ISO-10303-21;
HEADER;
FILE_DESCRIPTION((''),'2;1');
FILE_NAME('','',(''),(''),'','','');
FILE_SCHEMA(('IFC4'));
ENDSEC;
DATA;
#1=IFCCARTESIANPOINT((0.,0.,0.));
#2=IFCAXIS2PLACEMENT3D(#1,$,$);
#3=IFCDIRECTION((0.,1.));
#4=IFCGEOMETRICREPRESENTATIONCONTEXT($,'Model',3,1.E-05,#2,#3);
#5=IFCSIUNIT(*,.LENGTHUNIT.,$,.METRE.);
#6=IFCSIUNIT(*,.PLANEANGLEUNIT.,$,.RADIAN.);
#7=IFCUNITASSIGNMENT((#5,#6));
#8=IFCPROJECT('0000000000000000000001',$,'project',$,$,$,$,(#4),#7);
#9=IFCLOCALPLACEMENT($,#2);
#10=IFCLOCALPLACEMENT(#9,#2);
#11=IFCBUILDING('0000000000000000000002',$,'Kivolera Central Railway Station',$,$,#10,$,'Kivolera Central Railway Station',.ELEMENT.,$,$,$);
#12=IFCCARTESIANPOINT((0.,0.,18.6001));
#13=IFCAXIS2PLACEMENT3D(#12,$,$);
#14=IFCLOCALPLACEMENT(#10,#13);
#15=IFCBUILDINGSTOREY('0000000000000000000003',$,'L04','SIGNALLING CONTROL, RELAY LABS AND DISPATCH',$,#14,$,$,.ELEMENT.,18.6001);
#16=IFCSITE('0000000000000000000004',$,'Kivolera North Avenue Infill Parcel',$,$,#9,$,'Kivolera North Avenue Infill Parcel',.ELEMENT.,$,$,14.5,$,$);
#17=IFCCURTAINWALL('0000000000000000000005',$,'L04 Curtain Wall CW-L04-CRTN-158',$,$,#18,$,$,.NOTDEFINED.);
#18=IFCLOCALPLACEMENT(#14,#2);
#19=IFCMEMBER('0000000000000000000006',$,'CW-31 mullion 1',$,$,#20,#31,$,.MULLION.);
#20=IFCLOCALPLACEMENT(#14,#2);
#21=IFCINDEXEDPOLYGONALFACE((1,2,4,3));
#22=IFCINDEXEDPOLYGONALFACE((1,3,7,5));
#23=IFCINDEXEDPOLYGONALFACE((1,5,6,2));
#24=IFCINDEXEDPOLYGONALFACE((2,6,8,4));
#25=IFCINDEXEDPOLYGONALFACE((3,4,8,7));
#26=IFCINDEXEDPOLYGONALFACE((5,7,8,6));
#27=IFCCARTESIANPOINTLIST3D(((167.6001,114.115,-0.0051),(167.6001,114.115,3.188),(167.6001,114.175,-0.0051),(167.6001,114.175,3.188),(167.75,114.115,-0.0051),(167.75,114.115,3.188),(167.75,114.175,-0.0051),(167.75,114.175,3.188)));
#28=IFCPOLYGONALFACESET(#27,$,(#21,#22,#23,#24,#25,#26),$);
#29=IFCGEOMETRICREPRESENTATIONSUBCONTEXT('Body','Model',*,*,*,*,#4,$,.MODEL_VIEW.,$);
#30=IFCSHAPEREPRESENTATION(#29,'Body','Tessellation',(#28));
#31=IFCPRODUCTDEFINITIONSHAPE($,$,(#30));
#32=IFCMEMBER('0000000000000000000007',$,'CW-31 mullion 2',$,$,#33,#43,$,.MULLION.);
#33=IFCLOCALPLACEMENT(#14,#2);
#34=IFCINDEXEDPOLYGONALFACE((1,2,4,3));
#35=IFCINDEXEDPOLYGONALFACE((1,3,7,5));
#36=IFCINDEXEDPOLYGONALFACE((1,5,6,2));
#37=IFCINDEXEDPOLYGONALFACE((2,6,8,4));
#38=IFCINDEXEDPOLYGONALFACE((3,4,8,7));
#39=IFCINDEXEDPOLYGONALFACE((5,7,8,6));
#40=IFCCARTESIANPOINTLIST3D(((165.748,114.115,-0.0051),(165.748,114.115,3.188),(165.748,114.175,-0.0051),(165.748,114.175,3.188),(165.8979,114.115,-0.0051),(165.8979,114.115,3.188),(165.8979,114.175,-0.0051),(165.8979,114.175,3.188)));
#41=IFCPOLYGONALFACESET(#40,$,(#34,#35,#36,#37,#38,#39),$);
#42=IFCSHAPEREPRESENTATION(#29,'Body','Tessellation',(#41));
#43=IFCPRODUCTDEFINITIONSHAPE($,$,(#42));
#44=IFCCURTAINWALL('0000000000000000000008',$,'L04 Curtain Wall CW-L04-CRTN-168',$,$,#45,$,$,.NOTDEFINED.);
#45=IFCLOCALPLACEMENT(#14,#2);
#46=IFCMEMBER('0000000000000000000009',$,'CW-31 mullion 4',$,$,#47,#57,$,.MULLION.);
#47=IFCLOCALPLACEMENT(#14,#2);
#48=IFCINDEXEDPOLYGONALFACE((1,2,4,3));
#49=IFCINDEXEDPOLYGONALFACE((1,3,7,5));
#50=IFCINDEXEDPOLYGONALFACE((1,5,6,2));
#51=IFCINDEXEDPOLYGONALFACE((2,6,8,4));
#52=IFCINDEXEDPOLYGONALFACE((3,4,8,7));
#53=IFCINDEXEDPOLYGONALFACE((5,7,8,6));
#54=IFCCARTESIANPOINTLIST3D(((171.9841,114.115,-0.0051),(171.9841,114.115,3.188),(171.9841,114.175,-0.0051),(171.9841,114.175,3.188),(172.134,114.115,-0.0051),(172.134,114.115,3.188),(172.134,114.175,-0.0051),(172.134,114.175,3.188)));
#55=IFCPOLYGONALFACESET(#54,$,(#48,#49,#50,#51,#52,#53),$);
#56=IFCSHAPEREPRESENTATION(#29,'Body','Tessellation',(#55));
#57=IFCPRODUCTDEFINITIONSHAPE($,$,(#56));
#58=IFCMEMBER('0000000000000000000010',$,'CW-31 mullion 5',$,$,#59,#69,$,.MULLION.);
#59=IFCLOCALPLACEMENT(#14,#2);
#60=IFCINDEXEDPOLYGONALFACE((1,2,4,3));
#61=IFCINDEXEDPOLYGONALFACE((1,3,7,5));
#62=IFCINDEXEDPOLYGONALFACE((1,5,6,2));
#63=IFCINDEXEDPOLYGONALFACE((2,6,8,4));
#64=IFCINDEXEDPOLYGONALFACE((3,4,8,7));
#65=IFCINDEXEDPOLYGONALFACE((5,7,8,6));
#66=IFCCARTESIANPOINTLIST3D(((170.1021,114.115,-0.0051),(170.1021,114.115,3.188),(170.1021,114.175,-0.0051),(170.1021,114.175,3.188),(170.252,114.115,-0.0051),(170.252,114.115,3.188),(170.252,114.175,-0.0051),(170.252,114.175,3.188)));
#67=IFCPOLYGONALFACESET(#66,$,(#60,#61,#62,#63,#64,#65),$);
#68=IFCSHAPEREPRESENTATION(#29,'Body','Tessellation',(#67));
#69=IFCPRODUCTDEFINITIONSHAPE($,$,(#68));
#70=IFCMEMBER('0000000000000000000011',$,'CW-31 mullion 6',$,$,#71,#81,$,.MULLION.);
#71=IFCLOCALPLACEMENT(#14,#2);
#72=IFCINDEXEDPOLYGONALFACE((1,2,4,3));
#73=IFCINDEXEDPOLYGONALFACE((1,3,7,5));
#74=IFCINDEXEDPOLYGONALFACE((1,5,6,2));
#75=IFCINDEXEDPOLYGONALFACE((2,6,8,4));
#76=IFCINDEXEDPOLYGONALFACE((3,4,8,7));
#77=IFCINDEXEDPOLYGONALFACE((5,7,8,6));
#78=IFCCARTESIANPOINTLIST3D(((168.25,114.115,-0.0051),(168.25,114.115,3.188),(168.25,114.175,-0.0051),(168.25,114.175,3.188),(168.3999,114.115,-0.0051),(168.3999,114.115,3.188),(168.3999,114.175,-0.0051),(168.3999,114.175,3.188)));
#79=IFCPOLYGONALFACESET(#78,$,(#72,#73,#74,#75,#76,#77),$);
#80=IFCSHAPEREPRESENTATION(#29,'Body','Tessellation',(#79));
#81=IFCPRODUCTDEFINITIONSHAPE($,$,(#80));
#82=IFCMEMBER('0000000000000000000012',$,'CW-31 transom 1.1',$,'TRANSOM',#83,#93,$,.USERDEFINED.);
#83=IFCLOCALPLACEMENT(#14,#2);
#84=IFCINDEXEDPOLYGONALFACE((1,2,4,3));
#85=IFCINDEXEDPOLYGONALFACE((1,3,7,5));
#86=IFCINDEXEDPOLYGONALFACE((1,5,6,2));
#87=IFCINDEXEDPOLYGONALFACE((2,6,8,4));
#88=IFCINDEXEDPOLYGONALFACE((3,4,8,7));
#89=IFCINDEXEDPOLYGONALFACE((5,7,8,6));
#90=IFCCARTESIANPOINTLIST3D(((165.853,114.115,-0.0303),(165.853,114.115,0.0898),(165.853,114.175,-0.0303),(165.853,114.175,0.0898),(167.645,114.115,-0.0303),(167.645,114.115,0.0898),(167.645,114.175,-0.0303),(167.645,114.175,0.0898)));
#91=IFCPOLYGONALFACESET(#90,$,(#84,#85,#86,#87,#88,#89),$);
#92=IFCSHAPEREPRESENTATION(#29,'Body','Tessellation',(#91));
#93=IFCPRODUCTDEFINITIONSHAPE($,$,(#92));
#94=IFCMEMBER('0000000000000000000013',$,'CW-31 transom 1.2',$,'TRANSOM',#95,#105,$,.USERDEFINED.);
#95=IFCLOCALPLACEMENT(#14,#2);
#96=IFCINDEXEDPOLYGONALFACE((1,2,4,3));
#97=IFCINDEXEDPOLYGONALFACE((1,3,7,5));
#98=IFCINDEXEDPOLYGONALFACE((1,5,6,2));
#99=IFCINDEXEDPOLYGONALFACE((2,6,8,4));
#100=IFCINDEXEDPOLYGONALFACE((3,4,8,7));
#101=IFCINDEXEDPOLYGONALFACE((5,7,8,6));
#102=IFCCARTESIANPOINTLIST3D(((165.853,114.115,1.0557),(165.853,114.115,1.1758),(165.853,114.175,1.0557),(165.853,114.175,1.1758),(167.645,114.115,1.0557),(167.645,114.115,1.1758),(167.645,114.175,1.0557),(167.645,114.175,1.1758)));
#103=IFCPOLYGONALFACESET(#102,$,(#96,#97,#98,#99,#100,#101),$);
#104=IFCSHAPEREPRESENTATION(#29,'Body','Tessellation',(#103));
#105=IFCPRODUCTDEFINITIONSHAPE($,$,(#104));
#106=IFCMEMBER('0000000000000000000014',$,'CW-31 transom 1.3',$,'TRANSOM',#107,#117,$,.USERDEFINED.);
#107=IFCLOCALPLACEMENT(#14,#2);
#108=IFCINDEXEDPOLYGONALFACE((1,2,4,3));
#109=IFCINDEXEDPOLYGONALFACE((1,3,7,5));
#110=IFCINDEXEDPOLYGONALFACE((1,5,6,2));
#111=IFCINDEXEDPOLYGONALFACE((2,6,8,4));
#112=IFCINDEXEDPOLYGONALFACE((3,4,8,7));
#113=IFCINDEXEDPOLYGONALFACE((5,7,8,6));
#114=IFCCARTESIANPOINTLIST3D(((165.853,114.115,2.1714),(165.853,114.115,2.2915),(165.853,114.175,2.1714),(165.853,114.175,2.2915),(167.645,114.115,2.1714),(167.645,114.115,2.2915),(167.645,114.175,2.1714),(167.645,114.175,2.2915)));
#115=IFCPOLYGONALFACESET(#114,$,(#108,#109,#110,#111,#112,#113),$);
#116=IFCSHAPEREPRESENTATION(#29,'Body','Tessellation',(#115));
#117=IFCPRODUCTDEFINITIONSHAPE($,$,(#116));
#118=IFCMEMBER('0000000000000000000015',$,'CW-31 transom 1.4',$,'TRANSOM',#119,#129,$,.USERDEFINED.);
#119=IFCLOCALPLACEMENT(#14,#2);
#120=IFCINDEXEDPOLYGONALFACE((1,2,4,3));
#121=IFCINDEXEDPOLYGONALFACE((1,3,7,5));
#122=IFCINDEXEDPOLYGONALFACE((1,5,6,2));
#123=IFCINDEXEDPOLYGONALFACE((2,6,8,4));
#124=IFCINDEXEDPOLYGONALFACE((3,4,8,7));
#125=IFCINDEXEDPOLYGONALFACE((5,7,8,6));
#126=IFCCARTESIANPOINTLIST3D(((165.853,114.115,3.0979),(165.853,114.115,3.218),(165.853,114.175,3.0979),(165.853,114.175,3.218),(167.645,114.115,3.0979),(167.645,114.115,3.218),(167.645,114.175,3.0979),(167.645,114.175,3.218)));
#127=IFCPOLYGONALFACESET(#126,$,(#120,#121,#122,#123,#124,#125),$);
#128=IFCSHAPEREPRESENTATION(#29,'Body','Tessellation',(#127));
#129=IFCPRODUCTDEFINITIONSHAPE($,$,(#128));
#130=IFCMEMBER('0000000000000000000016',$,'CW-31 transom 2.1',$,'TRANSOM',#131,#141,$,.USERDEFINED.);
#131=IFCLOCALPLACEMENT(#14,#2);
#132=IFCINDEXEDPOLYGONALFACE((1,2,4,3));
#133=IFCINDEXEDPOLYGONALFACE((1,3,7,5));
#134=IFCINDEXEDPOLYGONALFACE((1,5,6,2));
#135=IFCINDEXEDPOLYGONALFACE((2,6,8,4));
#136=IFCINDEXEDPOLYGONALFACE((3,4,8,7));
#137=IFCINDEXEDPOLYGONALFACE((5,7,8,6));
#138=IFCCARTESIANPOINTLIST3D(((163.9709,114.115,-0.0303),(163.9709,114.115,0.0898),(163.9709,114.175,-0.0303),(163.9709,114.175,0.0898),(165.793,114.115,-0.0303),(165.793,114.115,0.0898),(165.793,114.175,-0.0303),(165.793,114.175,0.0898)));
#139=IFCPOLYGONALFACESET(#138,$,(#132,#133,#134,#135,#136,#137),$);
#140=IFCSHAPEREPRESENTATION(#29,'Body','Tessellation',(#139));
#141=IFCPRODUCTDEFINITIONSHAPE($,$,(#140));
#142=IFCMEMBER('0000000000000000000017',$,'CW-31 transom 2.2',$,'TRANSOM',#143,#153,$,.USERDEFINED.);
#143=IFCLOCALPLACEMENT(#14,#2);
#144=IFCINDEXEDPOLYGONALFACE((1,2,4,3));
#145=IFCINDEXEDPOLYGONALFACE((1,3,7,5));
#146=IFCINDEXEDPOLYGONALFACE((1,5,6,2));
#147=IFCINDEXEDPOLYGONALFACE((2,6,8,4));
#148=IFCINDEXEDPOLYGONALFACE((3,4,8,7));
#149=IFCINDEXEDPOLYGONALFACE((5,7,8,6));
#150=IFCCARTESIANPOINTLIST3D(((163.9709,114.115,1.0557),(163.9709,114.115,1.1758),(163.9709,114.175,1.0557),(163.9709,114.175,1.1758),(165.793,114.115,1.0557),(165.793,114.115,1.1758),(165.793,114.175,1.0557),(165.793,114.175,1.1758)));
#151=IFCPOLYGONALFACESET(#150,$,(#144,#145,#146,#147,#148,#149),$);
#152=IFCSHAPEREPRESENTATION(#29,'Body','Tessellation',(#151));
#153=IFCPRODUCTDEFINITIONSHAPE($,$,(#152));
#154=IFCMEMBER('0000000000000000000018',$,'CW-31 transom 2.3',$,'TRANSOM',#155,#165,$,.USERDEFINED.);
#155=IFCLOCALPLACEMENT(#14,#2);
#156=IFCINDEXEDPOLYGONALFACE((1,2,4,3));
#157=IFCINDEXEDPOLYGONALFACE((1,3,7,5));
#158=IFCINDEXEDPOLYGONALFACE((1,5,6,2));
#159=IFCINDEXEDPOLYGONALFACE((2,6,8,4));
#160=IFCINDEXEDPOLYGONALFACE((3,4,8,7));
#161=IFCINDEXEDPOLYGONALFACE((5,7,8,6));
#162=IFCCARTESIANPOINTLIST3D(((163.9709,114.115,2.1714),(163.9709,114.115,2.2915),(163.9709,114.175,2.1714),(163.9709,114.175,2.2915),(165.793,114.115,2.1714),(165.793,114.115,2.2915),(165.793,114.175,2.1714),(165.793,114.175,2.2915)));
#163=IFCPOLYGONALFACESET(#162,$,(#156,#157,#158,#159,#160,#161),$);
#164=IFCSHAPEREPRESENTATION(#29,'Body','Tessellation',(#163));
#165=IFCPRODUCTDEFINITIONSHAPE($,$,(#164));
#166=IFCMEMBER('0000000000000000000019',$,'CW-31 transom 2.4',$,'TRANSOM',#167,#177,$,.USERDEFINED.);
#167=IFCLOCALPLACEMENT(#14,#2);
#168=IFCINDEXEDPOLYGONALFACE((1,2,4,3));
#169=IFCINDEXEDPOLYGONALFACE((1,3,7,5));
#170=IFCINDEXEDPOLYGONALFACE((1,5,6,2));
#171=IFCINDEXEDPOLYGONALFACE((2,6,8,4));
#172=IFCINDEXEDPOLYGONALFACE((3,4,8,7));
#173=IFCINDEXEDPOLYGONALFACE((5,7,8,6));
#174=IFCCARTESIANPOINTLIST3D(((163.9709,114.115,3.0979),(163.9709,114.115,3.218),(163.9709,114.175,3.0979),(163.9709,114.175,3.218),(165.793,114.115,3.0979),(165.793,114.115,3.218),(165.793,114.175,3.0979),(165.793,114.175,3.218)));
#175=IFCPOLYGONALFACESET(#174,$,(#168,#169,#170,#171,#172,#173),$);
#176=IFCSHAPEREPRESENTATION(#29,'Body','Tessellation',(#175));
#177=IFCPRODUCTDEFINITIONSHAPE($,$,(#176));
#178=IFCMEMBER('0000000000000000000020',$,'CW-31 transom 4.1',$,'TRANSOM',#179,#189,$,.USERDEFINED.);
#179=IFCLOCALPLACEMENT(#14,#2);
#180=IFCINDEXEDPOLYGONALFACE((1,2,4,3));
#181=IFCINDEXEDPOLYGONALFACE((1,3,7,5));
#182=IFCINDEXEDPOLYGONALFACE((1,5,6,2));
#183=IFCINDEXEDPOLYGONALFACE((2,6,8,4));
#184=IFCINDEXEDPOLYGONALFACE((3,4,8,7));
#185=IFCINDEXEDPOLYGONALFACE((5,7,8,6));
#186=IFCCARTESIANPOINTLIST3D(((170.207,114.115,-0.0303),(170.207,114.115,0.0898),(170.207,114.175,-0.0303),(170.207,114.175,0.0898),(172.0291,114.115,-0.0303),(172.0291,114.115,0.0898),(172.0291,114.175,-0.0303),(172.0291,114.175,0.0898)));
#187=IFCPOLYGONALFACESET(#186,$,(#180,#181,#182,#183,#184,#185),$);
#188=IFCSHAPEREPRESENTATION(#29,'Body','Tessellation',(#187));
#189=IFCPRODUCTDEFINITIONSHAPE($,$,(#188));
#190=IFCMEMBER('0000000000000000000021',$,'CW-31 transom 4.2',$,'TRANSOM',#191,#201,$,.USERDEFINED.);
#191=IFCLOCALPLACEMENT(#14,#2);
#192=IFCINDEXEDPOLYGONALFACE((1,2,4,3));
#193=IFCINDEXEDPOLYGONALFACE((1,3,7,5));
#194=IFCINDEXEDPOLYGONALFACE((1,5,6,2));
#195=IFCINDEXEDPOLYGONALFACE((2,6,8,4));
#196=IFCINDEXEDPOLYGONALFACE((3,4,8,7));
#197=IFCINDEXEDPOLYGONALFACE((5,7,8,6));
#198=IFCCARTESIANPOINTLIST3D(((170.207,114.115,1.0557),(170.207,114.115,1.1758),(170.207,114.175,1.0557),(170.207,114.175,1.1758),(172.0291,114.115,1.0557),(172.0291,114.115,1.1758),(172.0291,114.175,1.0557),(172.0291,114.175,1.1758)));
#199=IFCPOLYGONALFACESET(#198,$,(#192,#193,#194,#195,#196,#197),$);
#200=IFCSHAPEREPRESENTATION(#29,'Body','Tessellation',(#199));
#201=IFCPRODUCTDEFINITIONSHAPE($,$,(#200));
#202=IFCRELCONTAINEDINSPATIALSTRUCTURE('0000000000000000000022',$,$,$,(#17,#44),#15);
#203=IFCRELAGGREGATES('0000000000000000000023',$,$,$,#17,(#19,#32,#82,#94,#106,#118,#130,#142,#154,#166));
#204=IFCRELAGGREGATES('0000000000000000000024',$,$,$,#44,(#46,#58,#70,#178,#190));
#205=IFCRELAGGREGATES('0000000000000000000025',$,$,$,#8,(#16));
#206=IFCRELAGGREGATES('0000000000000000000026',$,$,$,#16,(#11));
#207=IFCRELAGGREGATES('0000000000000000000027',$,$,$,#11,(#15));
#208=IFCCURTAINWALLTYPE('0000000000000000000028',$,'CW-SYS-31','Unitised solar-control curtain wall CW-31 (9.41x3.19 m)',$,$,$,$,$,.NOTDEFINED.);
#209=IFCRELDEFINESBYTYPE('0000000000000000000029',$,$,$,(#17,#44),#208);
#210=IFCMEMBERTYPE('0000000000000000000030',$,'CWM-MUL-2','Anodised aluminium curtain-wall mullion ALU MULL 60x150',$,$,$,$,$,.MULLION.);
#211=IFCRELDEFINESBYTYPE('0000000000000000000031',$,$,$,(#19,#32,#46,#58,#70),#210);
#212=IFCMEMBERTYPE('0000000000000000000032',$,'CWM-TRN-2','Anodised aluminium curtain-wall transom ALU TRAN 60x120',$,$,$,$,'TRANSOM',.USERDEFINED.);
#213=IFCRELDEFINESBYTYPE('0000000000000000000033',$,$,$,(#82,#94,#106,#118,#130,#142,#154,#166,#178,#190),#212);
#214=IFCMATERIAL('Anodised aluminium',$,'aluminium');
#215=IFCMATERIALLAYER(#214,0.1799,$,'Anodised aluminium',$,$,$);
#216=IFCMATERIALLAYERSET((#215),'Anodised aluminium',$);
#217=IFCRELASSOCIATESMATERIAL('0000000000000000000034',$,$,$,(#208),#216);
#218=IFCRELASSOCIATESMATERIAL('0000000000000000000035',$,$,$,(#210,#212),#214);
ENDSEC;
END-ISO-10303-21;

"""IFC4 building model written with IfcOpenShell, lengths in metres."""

from ifc_helpers import new_model, si_unit, direction, frame, origin, origin_2d, place, context, subcontext, project, spatial, rectangle, extrude, material, layer, layer_set, material_profile, profile_set, type_object, element, aggregate, save


model = new_model("IFC4")

# Units and contexts
model_context = context("Model", 3, precision=1e-05, world=origin(), true_north=direction((0.0, 1.0)))
body_context = subcontext(model_context, "Body", "Model", "MODEL_VIEW")
ifc_project = project(units=[si_unit("LENGTHUNIT", "METRE"), si_unit("PLANEANGLEUNIT", "RADIAN")], contexts=[model_context])

# Site, building, storey
site_placement = place(None, origin())
site = spatial("IfcSite", under=ifc_project, at=site_placement, Name="Kivolera North Avenue Infill Parcel", LongName="Kivolera North Avenue Infill Parcel", CompositionType="ELEMENT", RefElevation=14.5)
building_placement = place(site_placement, origin())
building = spatial("IfcBuilding", under=site, at=building_placement, Name="Kivolera Central Railway Station", LongName="Kivolera Central Railway Station", CompositionType="ELEMENT")
storey_placement = place(building_placement, frame((0.0, 0.0, 18.6001)))
storey = spatial("IfcBuildingStorey", under=building, at=storey_placement, Name="L04", Description="SIGNALLING CONTROL, RELAY LABS AND DISPATCH", CompositionType="ELEMENT", Elevation=18.6001)

# Curtain walls, members
ifc_material_1 = material(Name="Anodised aluminium", Category="aluminium")
ifc_layer_1 = layer(ifc_material_1, 0.1799, Name="Anodised aluminium")
ifc_layer_set_1 = layer_set([ifc_layer_1], Name="Anodised aluminium")
curtain_wall_type = type_object("IfcCurtainWallType", Name="CW-SYS-31", Description="Unitised solar-control curtain wall CW-31 (9.41x3.19 m)", PredefinedType="NOTDEFINED", material=ifc_layer_set_1)
curtain_wall_1_placement = place(storey_placement, origin())
curtain_wall_1 = element("IfcCurtainWall", 1, at=curtain_wall_1_placement, inside=storey, type_object=curtain_wall_type, Name="L04 Curtain Wall CW-L04-CRTN-158", PredefinedType="NOTDEFINED")
ifc_material_profile_1 = material_profile(ifc_material_1, rectangle(XDim=0.0601, YDim=0.1499, at=origin_2d()), Name="ALU MULL 60x150")
ifc_profile_set_1 = profile_set([ifc_material_profile_1], Name="Anodised aluminium")
member_type_1 = type_object("IfcMemberType", Name="CWM-MUL-2", Description="Anodised aluminium curtain-wall mullion ALU MULL 60x150", PredefinedType="MULLION", material=ifc_profile_set_1)
member_1_placement = place(storey_placement, frame((167.675, 114.145, -0.0051), z_axis=(0.0, 0.0, 1.0), x_axis=(0.0, -1.0, 0.0)))
member_1 = element("IfcMember", 2, at=member_1_placement, type_object=member_type_1, Name="CW-31 mullion 1", PredefinedType="MULLION", context=body_context, shape_type="SweptSolid", body=[
    extrude(rectangle(XDim=0.0601, YDim=0.1499, at=origin_2d()), origin(), (0.0, 0.0, 1.0), 3.1931),
])
member_2_placement = place(storey_placement, frame((165.823, 114.145, -0.0051), z_axis=(0.0, 0.0, 1.0), x_axis=(0.0, -1.0, 0.0)))
member_2 = element("IfcMember", 3, at=member_2_placement, type_object=member_type_1, Name="CW-31 mullion 2", PredefinedType="MULLION", context=body_context, shape_type="SweptSolid", body=[
    extrude(rectangle(XDim=0.0601, YDim=0.1499, at=origin_2d()), origin(), (0.0, 0.0, 1.0), 3.1931),
])
curtain_wall_2_placement = place(storey_placement, origin())
curtain_wall_2 = element("IfcCurtainWall", 4, at=curtain_wall_2_placement, inside=storey, type_object=curtain_wall_type, Name="L04 Curtain Wall CW-L04-CRTN-168", PredefinedType="NOTDEFINED")
member_3_placement = place(storey_placement, frame((172.0591, 114.145, -0.0051), z_axis=(0.0, 0.0, 1.0), x_axis=(0.0, -1.0, 0.0)))
member_3 = element("IfcMember", 5, at=member_3_placement, type_object=member_type_1, Name="CW-31 mullion 4", PredefinedType="MULLION", context=body_context, shape_type="SweptSolid", body=[
    extrude(rectangle(XDim=0.0601, YDim=0.1499, at=origin_2d()), origin(), (0.0, 0.0, 1.0), 3.1931),
])
member_4_placement = place(storey_placement, frame((170.177, 114.145, -0.0051), z_axis=(0.0, 0.0, 1.0), x_axis=(0.0, -1.0, 0.0)))
member_4 = element("IfcMember", 6, at=member_4_placement, type_object=member_type_1, Name="CW-31 mullion 5", PredefinedType="MULLION", context=body_context, shape_type="SweptSolid", body=[
    extrude(rectangle(XDim=0.0601, YDim=0.1499, at=origin_2d()), origin(), (0.0, 0.0, 1.0), 3.1931),
])
member_5_placement = place(storey_placement, frame((168.325, 114.145, -0.0051), z_axis=(0.0, 0.0, 1.0), x_axis=(0.0, -1.0, 0.0)))
member_5 = element("IfcMember", 7, at=member_5_placement, type_object=member_type_1, Name="CW-31 mullion 6", PredefinedType="MULLION", context=body_context, shape_type="SweptSolid", body=[
    extrude(rectangle(XDim=0.0601, YDim=0.1499, at=origin_2d()), origin(), (0.0, 0.0, 1.0), 3.1931),
])

# Members
ifc_material_profile_2 = material_profile(ifc_material_1, rectangle(XDim=0.0601, YDim=0.1201, at=origin_2d()), Name="ALU TRAN 60x120")
ifc_profile_set_2 = profile_set([ifc_material_profile_2], Name="Anodised aluminium")
member_type_2 = type_object("IfcMemberType", Name="CWM-TRN-2", Description="Anodised aluminium curtain-wall transom ALU TRAN 60x120", ElementType="TRANSOM", PredefinedType="USERDEFINED", material=ifc_profile_set_2)
member_6_placement = place(storey_placement, frame((167.645, 114.145, 0.0298), z_axis=(-1.0, 0.0, 0.0), x_axis=(0.0, -1.0, 0.0)))
member_6 = element("IfcMember", 8, at=member_6_placement, type_object=member_type_2, Name="CW-31 transom 1.1", ObjectType="TRANSOM", PredefinedType="USERDEFINED", context=body_context, shape_type="SweptSolid", body=[
    extrude(rectangle(XDim=0.0601, YDim=0.1201, at=origin_2d()), origin(), (0.0, 0.0, 1.0), 1.792),
])
member_7_placement = place(storey_placement, frame((167.645, 114.145, 1.1157), z_axis=(-1.0, 0.0, 0.0), x_axis=(0.0, -1.0, 0.0)))
member_7 = element("IfcMember", 9, at=member_7_placement, type_object=member_type_2, Name="CW-31 transom 1.2", ObjectType="TRANSOM", PredefinedType="USERDEFINED", context=body_context, shape_type="SweptSolid", body=[
    extrude(rectangle(XDim=0.0601, YDim=0.1201, at=origin_2d()), origin(), (0.0, 0.0, 1.0), 1.792),
])
member_8_placement = place(storey_placement, frame((167.645, 114.145, 2.2314), z_axis=(-1.0, 0.0, 0.0), x_axis=(0.0, -1.0, 0.0)))
member_8 = element("IfcMember", 10, at=member_8_placement, type_object=member_type_2, Name="CW-31 transom 1.3", ObjectType="TRANSOM", PredefinedType="USERDEFINED", context=body_context, shape_type="SweptSolid", body=[
    extrude(rectangle(XDim=0.0601, YDim=0.1201, at=origin_2d()), origin(), (0.0, 0.0, 1.0), 1.792),
])
member_9_placement = place(storey_placement, frame((167.645, 114.145, 3.158), z_axis=(-1.0, 0.0, 0.0), x_axis=(0.0, -1.0, 0.0)))
member_9 = element("IfcMember", 11, at=member_9_placement, type_object=member_type_2, Name="CW-31 transom 1.4", ObjectType="TRANSOM", PredefinedType="USERDEFINED", context=body_context, shape_type="SweptSolid", body=[
    extrude(rectangle(XDim=0.0601, YDim=0.1201, at=origin_2d()), origin(), (0.0, 0.0, 1.0), 1.792),
])
member_10_placement = place(storey_placement, frame((165.793, 114.145, 0.0298), z_axis=(-1.0, 0.0, 0.0), x_axis=(0.0, -1.0, 0.0)))
member_10 = element("IfcMember", 12, at=member_10_placement, type_object=member_type_2, Name="CW-31 transom 2.1", ObjectType="TRANSOM", PredefinedType="USERDEFINED", context=body_context, shape_type="SweptSolid", body=[
    extrude(rectangle(XDim=0.0601, YDim=0.1201, at=origin_2d()), origin(), (0.0, 0.0, 1.0), 1.822),
])
member_11_placement = place(storey_placement, frame((165.793, 114.145, 1.1157), z_axis=(-1.0, 0.0, 0.0), x_axis=(0.0, -1.0, 0.0)))
member_11 = element("IfcMember", 13, at=member_11_placement, type_object=member_type_2, Name="CW-31 transom 2.2", ObjectType="TRANSOM", PredefinedType="USERDEFINED", context=body_context, shape_type="SweptSolid", body=[
    extrude(rectangle(XDim=0.0601, YDim=0.1201, at=origin_2d()), origin(), (0.0, 0.0, 1.0), 1.822),
])
member_12_placement = place(storey_placement, frame((165.793, 114.145, 2.2314), z_axis=(-1.0, 0.0, 0.0), x_axis=(0.0, -1.0, 0.0)))
member_12 = element("IfcMember", 14, at=member_12_placement, type_object=member_type_2, Name="CW-31 transom 2.3", ObjectType="TRANSOM", PredefinedType="USERDEFINED", context=body_context, shape_type="SweptSolid", body=[
    extrude(rectangle(XDim=0.0601, YDim=0.1201, at=origin_2d()), origin(), (0.0, 0.0, 1.0), 1.822),
])
member_13_placement = place(storey_placement, frame((165.793, 114.145, 3.158), z_axis=(-1.0, 0.0, 0.0), x_axis=(0.0, -1.0, 0.0)))
member_13 = element("IfcMember", 15, at=member_13_placement, type_object=member_type_2, Name="CW-31 transom 2.4", ObjectType="TRANSOM", PredefinedType="USERDEFINED", context=body_context, shape_type="SweptSolid", body=[
    extrude(rectangle(XDim=0.0601, YDim=0.1201, at=origin_2d()), origin(), (0.0, 0.0, 1.0), 1.822),
])
member_14_placement = place(storey_placement, frame((172.0291, 114.145, 0.0298), z_axis=(-1.0, 0.0, 0.0), x_axis=(0.0, -1.0, 0.0)))
member_14 = element("IfcMember", 16, at=member_14_placement, type_object=member_type_2, Name="CW-31 transom 4.1", ObjectType="TRANSOM", PredefinedType="USERDEFINED", context=body_context, shape_type="SweptSolid", body=[
    extrude(rectangle(XDim=0.0601, YDim=0.1201, at=origin_2d()), origin(), (0.0, 0.0, 1.0), 1.822),
])
member_15_placement = place(storey_placement, frame((172.0291, 114.145, 1.1157), z_axis=(-1.0, 0.0, 0.0), x_axis=(0.0, -1.0, 0.0)))
member_15 = element("IfcMember", 17, at=member_15_placement, type_object=member_type_2, Name="CW-31 transom 4.2", ObjectType="TRANSOM", PredefinedType="USERDEFINED", context=body_context, shape_type="SweptSolid", body=[
    extrude(rectangle(XDim=0.0601, YDim=0.1201, at=origin_2d()), origin(), (0.0, 0.0, 1.0), 1.822),
])

aggregate(curtain_wall_1, [member_1, member_2, member_6, member_7, member_8, member_9, member_10, member_11, member_12, member_13])
aggregate(curtain_wall_2, [member_3, member_4, member_5, member_14, member_15])

save(model, "model.ifc")
